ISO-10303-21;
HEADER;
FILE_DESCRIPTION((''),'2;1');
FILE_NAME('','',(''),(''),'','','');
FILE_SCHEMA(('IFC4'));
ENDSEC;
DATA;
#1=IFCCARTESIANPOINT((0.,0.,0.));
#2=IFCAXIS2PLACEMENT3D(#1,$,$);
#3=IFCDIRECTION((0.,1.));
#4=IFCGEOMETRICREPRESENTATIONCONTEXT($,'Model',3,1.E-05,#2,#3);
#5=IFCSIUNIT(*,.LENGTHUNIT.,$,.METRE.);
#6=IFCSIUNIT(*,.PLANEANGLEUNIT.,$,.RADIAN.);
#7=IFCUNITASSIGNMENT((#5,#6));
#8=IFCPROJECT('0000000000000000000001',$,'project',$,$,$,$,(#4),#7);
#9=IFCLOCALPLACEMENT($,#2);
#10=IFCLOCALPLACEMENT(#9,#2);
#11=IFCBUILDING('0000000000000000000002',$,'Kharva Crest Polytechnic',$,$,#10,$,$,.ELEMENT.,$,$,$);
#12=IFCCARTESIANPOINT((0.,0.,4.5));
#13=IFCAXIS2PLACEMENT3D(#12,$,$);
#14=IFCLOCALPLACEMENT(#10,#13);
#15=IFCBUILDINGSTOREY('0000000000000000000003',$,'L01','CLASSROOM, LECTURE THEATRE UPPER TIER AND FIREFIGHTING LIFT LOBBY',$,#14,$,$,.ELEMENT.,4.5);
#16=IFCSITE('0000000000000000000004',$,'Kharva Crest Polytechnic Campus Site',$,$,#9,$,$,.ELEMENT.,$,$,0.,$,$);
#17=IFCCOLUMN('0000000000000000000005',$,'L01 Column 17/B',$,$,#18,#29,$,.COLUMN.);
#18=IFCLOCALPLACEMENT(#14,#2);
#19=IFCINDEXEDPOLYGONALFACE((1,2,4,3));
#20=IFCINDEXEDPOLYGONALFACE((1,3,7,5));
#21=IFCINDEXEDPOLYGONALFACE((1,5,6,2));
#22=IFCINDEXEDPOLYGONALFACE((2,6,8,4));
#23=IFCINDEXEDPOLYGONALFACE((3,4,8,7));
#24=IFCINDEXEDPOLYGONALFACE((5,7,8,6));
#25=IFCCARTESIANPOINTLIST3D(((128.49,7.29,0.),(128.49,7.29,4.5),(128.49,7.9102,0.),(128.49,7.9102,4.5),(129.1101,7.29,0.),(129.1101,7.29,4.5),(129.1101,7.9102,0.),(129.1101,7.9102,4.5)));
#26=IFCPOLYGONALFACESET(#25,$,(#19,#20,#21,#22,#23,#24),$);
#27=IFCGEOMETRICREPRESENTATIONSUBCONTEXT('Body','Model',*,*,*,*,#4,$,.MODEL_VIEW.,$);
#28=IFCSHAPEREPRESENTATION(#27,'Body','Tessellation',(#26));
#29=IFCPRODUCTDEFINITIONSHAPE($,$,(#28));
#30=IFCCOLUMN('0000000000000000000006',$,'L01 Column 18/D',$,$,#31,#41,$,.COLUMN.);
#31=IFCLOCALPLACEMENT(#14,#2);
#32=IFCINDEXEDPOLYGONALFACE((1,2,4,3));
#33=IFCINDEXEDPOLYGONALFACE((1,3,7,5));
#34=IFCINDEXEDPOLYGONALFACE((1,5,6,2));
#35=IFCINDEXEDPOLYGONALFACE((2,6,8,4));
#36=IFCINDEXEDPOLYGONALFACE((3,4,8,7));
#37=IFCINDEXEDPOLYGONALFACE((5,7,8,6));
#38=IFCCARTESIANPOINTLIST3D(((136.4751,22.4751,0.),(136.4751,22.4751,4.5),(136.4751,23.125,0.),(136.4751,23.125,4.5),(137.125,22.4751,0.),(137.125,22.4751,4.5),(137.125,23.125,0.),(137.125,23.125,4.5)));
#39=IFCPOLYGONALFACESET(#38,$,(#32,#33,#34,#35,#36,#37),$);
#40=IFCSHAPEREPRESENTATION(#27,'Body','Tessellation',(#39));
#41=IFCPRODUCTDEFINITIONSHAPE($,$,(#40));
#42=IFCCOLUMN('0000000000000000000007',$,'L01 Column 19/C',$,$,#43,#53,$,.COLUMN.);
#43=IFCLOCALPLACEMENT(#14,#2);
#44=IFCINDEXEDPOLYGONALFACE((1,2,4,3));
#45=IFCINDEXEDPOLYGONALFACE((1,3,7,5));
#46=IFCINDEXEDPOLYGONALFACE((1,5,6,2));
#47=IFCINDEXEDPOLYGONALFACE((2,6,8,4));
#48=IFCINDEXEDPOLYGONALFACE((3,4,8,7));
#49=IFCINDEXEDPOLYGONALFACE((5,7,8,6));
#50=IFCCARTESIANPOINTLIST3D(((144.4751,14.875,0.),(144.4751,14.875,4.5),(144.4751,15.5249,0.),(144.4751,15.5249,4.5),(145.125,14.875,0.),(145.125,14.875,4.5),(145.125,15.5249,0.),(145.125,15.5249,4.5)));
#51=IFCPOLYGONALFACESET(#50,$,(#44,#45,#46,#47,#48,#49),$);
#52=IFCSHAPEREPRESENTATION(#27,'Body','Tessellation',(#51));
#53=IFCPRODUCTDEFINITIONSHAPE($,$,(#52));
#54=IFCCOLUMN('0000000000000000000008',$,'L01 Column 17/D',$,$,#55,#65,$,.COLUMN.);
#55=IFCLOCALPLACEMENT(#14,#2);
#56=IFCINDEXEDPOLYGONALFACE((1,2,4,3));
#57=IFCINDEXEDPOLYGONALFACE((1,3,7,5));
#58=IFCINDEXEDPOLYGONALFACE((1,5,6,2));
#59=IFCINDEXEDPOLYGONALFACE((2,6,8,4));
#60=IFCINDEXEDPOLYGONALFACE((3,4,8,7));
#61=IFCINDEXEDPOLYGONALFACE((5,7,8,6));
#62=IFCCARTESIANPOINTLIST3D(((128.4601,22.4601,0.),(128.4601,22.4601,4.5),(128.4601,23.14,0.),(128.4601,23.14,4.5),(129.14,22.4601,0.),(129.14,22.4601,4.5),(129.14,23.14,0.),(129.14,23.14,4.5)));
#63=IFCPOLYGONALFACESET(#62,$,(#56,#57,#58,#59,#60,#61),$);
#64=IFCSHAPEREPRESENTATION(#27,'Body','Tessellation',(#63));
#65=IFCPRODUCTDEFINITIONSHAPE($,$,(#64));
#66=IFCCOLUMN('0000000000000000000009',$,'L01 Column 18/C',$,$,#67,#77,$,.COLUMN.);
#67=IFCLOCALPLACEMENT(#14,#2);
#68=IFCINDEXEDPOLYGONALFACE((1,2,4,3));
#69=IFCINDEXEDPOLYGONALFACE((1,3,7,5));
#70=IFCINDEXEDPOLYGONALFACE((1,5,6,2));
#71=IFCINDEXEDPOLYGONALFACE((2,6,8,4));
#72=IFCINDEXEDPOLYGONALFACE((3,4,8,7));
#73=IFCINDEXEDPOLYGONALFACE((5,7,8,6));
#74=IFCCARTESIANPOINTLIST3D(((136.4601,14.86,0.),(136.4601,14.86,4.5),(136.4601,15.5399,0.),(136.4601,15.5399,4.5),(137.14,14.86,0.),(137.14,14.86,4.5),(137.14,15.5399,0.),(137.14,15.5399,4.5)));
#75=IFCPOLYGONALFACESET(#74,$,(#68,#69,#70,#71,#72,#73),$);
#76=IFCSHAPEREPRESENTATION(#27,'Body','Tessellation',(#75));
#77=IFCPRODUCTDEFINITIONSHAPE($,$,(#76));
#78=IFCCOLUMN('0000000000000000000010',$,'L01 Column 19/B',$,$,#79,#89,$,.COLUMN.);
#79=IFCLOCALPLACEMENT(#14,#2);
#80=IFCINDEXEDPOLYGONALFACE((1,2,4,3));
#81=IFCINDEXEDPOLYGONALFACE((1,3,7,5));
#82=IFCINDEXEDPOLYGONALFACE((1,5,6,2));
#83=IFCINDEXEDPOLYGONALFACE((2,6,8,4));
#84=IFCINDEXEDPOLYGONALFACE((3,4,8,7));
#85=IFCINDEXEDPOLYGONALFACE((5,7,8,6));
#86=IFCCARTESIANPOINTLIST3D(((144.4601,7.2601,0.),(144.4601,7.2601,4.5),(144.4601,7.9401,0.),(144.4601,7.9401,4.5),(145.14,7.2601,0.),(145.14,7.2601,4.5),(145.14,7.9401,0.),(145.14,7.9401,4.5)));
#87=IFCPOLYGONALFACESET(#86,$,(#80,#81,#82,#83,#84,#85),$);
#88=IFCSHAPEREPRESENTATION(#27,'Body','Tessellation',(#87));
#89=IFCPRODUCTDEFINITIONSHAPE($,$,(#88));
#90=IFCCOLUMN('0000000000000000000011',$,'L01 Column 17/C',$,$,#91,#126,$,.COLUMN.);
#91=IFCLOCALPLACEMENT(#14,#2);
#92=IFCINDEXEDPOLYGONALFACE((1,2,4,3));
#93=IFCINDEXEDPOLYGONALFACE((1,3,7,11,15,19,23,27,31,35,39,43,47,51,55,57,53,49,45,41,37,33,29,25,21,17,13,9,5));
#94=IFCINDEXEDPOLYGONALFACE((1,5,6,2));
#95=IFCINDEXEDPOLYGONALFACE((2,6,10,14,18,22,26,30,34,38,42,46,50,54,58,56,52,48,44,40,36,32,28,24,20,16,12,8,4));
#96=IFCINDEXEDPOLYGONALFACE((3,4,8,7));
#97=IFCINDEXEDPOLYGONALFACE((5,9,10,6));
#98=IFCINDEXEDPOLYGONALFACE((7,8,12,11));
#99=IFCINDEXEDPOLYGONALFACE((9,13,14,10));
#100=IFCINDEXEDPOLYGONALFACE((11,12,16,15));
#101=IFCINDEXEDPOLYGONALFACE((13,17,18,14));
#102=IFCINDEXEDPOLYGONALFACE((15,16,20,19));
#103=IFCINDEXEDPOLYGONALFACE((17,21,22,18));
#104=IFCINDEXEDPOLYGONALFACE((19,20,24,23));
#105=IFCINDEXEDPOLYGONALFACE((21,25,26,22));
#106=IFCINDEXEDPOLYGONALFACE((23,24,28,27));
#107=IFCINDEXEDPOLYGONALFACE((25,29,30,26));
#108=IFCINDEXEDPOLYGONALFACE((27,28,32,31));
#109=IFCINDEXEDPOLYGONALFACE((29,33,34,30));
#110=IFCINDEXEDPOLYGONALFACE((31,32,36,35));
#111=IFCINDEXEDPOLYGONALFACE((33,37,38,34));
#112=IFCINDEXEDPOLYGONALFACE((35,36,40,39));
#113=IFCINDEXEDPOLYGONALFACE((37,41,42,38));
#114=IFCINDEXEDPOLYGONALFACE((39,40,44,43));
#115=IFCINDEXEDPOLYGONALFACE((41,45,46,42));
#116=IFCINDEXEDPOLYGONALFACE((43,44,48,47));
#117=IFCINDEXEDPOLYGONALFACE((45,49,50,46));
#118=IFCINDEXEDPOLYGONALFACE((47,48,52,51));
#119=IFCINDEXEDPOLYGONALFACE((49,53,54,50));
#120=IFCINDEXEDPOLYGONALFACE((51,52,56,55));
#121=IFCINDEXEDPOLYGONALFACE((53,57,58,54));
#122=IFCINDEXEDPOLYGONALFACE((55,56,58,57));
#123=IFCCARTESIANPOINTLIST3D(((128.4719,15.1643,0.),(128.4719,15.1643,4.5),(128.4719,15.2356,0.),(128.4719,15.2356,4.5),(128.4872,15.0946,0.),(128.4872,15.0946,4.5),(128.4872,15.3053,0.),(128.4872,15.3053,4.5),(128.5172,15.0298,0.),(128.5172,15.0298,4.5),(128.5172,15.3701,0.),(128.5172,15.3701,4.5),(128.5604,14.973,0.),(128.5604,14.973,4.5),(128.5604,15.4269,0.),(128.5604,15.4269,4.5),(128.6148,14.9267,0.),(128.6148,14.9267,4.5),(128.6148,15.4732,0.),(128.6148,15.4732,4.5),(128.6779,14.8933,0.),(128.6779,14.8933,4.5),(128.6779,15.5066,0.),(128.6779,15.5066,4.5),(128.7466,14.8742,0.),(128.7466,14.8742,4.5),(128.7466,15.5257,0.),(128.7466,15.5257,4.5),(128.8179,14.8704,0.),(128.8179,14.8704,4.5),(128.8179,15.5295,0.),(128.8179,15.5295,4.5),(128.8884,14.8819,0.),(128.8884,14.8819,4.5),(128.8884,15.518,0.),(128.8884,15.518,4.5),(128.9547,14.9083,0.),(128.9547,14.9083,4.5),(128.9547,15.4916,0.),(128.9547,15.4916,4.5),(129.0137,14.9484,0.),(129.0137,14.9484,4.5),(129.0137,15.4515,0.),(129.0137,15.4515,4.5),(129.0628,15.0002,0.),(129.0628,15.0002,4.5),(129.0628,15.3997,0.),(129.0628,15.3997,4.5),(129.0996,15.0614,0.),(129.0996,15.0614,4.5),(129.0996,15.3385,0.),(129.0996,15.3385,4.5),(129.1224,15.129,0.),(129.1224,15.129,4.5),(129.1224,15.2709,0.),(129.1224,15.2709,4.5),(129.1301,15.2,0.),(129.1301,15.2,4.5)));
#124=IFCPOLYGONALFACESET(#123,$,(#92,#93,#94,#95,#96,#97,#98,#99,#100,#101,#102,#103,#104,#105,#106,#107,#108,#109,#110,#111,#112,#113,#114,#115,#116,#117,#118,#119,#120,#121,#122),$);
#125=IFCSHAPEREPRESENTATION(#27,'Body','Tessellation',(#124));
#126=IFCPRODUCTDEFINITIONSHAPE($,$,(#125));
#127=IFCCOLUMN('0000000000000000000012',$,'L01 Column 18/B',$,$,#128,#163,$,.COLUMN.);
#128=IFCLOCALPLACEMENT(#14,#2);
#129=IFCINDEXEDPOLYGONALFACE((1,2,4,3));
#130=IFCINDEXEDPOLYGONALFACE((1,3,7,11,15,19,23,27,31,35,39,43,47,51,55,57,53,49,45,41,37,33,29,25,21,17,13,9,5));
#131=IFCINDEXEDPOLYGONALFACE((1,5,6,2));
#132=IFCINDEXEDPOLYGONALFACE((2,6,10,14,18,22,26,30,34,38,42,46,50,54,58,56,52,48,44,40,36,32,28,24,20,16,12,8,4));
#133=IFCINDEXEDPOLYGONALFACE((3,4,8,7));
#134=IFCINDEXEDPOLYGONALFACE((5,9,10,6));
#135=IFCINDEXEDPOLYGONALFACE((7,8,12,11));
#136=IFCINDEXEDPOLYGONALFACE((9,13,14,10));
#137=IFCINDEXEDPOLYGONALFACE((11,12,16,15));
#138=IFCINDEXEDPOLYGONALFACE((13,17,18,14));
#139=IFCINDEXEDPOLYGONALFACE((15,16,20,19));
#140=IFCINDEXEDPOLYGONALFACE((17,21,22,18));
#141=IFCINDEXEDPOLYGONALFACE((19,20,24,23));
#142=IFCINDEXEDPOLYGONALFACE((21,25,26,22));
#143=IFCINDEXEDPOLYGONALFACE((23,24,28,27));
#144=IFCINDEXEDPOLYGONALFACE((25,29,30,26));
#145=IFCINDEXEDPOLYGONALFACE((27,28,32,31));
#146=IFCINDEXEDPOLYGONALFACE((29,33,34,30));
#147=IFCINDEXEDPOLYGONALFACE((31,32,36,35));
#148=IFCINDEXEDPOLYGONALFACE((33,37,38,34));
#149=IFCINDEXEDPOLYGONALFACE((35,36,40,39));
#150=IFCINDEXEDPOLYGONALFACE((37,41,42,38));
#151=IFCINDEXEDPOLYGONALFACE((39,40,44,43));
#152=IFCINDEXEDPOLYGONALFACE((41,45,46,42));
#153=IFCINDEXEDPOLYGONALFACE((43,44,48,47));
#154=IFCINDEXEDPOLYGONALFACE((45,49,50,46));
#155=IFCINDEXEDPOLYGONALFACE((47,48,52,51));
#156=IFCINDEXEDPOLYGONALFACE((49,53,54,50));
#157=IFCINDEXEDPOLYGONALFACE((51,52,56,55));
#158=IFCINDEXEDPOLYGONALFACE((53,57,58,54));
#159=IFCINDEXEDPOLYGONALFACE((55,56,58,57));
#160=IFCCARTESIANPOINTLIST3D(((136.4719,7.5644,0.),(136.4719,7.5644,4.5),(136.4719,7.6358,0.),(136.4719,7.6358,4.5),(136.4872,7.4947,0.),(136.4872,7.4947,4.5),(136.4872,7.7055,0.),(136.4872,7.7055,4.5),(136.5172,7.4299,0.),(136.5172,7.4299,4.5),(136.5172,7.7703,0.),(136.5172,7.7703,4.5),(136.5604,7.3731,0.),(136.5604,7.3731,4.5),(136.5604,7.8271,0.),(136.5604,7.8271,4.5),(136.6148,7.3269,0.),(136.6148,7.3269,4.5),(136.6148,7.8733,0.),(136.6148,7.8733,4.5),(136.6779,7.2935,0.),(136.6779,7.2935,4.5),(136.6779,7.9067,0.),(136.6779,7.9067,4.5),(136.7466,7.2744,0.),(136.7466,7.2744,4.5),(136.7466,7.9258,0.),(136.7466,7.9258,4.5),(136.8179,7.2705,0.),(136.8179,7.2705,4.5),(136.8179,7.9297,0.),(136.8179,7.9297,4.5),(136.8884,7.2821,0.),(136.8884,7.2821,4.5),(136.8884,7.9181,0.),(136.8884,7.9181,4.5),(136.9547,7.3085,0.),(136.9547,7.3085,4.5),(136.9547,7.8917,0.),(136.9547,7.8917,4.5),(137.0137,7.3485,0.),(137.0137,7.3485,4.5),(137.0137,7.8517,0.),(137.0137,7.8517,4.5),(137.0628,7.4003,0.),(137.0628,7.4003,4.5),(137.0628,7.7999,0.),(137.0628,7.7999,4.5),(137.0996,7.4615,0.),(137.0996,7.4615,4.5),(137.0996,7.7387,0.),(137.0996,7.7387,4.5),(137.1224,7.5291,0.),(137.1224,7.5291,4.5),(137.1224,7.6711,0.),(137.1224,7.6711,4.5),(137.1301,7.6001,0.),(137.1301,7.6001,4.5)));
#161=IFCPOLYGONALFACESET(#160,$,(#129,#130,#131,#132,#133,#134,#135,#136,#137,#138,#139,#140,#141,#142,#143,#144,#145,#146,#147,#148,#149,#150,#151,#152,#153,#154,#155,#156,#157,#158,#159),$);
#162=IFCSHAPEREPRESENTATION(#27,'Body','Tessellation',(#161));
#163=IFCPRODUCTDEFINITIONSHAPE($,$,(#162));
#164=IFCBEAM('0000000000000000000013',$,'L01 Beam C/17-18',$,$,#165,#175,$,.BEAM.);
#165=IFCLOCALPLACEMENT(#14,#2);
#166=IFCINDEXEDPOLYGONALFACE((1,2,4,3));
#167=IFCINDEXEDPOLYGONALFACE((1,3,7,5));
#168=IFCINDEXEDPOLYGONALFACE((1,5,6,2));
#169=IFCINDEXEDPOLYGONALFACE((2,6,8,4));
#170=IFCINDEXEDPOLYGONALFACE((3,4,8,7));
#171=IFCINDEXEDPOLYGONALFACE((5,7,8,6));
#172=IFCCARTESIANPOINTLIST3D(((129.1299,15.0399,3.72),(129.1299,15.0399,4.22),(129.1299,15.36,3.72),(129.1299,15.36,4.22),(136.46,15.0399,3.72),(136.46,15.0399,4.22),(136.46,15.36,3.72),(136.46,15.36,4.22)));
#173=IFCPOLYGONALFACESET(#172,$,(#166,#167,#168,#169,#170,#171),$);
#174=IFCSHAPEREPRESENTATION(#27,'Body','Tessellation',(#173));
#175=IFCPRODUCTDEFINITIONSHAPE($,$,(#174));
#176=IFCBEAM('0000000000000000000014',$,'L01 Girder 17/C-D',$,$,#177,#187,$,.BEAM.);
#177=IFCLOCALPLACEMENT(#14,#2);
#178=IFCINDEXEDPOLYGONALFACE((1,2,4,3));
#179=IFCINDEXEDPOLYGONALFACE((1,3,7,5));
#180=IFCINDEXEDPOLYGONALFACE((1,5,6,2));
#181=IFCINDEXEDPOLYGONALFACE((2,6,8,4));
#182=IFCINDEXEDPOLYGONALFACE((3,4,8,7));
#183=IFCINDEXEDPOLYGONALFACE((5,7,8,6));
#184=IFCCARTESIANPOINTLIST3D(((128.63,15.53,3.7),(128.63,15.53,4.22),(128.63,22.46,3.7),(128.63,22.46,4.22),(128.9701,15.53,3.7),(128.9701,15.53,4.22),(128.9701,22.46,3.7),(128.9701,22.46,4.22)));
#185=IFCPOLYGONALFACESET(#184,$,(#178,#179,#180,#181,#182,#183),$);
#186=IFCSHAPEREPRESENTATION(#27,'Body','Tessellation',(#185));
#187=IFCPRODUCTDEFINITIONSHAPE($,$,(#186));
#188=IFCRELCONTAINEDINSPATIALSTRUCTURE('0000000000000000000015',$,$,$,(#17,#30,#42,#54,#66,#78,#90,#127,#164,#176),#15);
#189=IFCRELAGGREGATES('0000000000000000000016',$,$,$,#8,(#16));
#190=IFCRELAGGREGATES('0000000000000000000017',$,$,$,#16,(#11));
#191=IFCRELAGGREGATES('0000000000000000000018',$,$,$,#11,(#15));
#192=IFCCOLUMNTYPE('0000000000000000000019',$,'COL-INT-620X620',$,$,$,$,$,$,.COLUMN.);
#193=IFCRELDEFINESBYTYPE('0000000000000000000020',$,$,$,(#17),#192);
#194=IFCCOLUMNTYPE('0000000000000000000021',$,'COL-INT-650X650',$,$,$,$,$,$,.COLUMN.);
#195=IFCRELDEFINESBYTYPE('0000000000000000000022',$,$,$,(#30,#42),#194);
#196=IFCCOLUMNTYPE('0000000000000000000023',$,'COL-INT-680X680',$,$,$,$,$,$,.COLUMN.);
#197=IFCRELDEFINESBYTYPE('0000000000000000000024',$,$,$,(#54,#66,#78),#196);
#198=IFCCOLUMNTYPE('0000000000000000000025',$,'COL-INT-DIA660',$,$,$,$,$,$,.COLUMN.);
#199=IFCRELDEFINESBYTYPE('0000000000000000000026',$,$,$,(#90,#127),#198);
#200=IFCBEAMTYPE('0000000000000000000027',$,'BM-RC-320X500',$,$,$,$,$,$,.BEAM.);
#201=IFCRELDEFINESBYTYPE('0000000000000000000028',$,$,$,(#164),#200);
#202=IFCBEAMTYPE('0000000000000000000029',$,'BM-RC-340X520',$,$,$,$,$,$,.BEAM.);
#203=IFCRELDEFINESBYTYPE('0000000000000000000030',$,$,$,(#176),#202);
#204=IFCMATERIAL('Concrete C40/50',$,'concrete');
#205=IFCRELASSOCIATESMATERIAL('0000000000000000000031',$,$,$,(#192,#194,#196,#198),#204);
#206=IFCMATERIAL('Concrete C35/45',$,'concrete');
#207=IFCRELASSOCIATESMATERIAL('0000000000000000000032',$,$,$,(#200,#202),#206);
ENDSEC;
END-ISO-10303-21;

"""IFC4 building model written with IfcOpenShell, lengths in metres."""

from ifc_helpers import new_model, si_unit, direction, frame, origin, origin_2d, place, context, subcontext, project, spatial, rectangle, circle, extrude, material, material_profile, profile_set, type_object, element, save


model = new_model("IFC4")

# Units and contexts
model_context = context("Model", 3, precision=1e-05, world=origin(), true_north=direction((0.0, 1.0)))
body_context = subcontext(model_context, "Body", "Model", "MODEL_VIEW")
ifc_project = project(units=[si_unit("LENGTHUNIT", "METRE"), si_unit("PLANEANGLEUNIT", "RADIAN")], contexts=[model_context])

# Site, building, storey
site_placement = place(None, origin())
site = spatial("IfcSite", under=ifc_project, at=site_placement, Name="Kharva Crest Polytechnic Campus Site", CompositionType="ELEMENT", RefElevation=0.0)
building_placement = place(site_placement, origin())
building = spatial("IfcBuilding", under=site, at=building_placement, Name="Kharva Crest Polytechnic", CompositionType="ELEMENT")
storey_placement = place(building_placement, frame((0.0, 0.0, 4.5)))
storey = spatial("IfcBuildingStorey", under=building, at=storey_placement, Name="L01", Description="CLASSROOM, LECTURE THEATRE UPPER TIER AND FIREFIGHTING LIFT LOBBY", CompositionType="ELEMENT", Elevation=4.5)

# Columns
ifc_material_1 = material(Name="Concrete C40/50", Category="concrete")
ifc_material_profile_1 = material_profile(ifc_material_1, rectangle(XDim=0.6201, YDim=0.6201, at=origin_2d()), Name="RECT 620 X 620")
ifc_profile_set_1 = profile_set([ifc_material_profile_1], Name="Concrete C40/50")
column_type_1 = type_object("IfcColumnType", Name="COL-INT-620X620", PredefinedType="COLUMN", material=ifc_profile_set_1)
column_placement = place(storey_placement, frame((128.8, 7.6001, 0.0), z_axis=(0.0, 0.0, 1.0), x_axis=(1.0, 0.0, 0.0)))
element("IfcColumn", 1, at=column_placement, inside=storey, type_object=column_type_1, Name="L01 Column 17/B", PredefinedType="COLUMN", context=body_context, shape_type="SweptSolid", body=[
    extrude(rectangle(XDim=0.6201, YDim=0.6201, at=origin_2d()), origin(), (0.0, 0.0, 1.0), 4.5),
])
ifc_material_profile_2 = material_profile(ifc_material_1, rectangle(XDim=0.6499, YDim=0.6499, at=origin_2d()), Name="RECT 650 X 650")
ifc_profile_set_2 = profile_set([ifc_material_profile_2], Name="Concrete C40/50")
column_type_2 = type_object("IfcColumnType", Name="COL-INT-650X650", PredefinedType="COLUMN", material=ifc_profile_set_2)
for number, where, z_axis, x_axis, name in (
    (2, (136.8, 22.8, 0.0), (0.0, 0.0, 1.0), (1.0, 0.0, 0.0), "L01 Column 18/D"),
    (3, (144.8, 15.2, 0.0), (0.0, 0.0, 1.0), (1.0, 0.0, 0.0), "L01 Column 19/C"),
):
    element("IfcColumn", number, at=place(storey_placement, frame(where, z_axis=z_axis, x_axis=x_axis)), inside=storey, type_object=column_type_2, Name=name, PredefinedType="COLUMN", context=body_context, shape_type="SweptSolid", body=[
        extrude(rectangle(XDim=0.6499, YDim=0.6499, at=origin_2d()), origin(), (0.0, 0.0, 1.0), 4.5),
    ])
ifc_material_profile_3 = material_profile(ifc_material_1, rectangle(XDim=0.6799, YDim=0.6799, at=origin_2d()), Name="RECT 680 X 680")
ifc_profile_set_3 = profile_set([ifc_material_profile_3], Name="Concrete C40/50")
column_type_3 = type_object("IfcColumnType", Name="COL-INT-680X680", PredefinedType="COLUMN", material=ifc_profile_set_3)
for number, where, z_axis, x_axis, name in (
    (4, (128.8, 22.8, 0.0), (0.0, 0.0, 1.0), (1.0, 0.0, 0.0), "L01 Column 17/D"),
    (5, (136.8, 15.2, 0.0), (0.0, 0.0, 1.0), (1.0, 0.0, 0.0), "L01 Column 18/C"),
    (6, (144.8, 7.6001, 0.0), (0.0, 0.0, 1.0), (1.0, 0.0, 0.0), "L01 Column 19/B"),
):
    element("IfcColumn", number, at=place(storey_placement, frame(where, z_axis=z_axis, x_axis=x_axis)), inside=storey, type_object=column_type_3, Name=name, PredefinedType="COLUMN", context=body_context, shape_type="SweptSolid", body=[
        extrude(rectangle(XDim=0.6799, YDim=0.6799, at=origin_2d()), origin(), (0.0, 0.0, 1.0), 4.5),
    ])
ifc_material_profile_4 = material_profile(ifc_material_1, circle(Radius=0.3301, at=origin_2d()), Name="DIA 660")
ifc_profile_set_4 = profile_set([ifc_material_profile_4], Name="Concrete C40/50")
column_type_4 = type_object("IfcColumnType", Name="COL-INT-DIA660", PredefinedType="COLUMN", material=ifc_profile_set_4)
for number, where, z_axis, x_axis, name in (
    (7, (128.8, 15.2, 0.0), (0.0, 0.0, 1.0), (1.0, 0.0, 0.0), "L01 Column 17/C"),
    (8, (136.8, 7.6001, 0.0), (0.0, 0.0, 1.0), (1.0, 0.0, 0.0), "L01 Column 18/B"),
):
    element("IfcColumn", number, at=place(storey_placement, frame(where, z_axis=z_axis, x_axis=x_axis)), inside=storey, type_object=column_type_4, Name=name, PredefinedType="COLUMN", context=body_context, shape_type="SweptSolid", body=[
        extrude(circle(Radius=0.3301, at=origin_2d()), origin(), (0.0, 0.0, 1.0), 4.5),
    ])

# Beams
ifc_material_2 = material(Name="Concrete C35/45", Category="concrete")
ifc_material_profile_5 = material_profile(ifc_material_2, rectangle(XDim=0.3201, YDim=0.5, at=origin_2d()), Name="RECT 320 X 500")
ifc_profile_set_5 = profile_set([ifc_material_profile_5], Name="Concrete C35/45")
beam_type_1 = type_object("IfcBeamType", Name="BM-RC-320X500", PredefinedType="BEAM", material=ifc_profile_set_5)
beam_1_placement = place(storey_placement, frame((129.1299, 15.2, 3.97), z_axis=(1.0, 0.0, 0.0), x_axis=(0.0, 1.0, 0.0)))
element("IfcBeam", 9, at=beam_1_placement, inside=storey, type_object=beam_type_1, Name="L01 Beam C/17-18", PredefinedType="BEAM", context=body_context, shape_type="SweptSolid", body=[
    extrude(rectangle(XDim=0.3201, YDim=0.5, at=origin_2d()), origin(), (0.0, 0.0, 1.0), 7.3301),
])
ifc_material_profile_6 = material_profile(ifc_material_2, rectangle(XDim=0.3401, YDim=0.52, at=origin_2d()), Name="RECT 340 X 520")
ifc_profile_set_6 = profile_set([ifc_material_profile_6], Name="Concrete C35/45")
beam_type_2 = type_object("IfcBeamType", Name="BM-RC-340X520", PredefinedType="BEAM", material=ifc_profile_set_6)
beam_2_placement = place(storey_placement, frame((128.8, 15.53, 3.96), z_axis=(0.0, 1.0, 0.0), x_axis=(-1.0, 0.0, 0.0)))
element("IfcBeam", 10, at=beam_2_placement, inside=storey, type_object=beam_type_2, Name="L01 Girder 17/C-D", PredefinedType="BEAM", context=body_context, shape_type="SweptSolid", body=[
    extrude(rectangle(XDim=0.3401, YDim=0.52, at=origin_2d()), origin(), (0.0, 0.0, 1.0), 6.9299),
])

save(model, "model.ifc")
